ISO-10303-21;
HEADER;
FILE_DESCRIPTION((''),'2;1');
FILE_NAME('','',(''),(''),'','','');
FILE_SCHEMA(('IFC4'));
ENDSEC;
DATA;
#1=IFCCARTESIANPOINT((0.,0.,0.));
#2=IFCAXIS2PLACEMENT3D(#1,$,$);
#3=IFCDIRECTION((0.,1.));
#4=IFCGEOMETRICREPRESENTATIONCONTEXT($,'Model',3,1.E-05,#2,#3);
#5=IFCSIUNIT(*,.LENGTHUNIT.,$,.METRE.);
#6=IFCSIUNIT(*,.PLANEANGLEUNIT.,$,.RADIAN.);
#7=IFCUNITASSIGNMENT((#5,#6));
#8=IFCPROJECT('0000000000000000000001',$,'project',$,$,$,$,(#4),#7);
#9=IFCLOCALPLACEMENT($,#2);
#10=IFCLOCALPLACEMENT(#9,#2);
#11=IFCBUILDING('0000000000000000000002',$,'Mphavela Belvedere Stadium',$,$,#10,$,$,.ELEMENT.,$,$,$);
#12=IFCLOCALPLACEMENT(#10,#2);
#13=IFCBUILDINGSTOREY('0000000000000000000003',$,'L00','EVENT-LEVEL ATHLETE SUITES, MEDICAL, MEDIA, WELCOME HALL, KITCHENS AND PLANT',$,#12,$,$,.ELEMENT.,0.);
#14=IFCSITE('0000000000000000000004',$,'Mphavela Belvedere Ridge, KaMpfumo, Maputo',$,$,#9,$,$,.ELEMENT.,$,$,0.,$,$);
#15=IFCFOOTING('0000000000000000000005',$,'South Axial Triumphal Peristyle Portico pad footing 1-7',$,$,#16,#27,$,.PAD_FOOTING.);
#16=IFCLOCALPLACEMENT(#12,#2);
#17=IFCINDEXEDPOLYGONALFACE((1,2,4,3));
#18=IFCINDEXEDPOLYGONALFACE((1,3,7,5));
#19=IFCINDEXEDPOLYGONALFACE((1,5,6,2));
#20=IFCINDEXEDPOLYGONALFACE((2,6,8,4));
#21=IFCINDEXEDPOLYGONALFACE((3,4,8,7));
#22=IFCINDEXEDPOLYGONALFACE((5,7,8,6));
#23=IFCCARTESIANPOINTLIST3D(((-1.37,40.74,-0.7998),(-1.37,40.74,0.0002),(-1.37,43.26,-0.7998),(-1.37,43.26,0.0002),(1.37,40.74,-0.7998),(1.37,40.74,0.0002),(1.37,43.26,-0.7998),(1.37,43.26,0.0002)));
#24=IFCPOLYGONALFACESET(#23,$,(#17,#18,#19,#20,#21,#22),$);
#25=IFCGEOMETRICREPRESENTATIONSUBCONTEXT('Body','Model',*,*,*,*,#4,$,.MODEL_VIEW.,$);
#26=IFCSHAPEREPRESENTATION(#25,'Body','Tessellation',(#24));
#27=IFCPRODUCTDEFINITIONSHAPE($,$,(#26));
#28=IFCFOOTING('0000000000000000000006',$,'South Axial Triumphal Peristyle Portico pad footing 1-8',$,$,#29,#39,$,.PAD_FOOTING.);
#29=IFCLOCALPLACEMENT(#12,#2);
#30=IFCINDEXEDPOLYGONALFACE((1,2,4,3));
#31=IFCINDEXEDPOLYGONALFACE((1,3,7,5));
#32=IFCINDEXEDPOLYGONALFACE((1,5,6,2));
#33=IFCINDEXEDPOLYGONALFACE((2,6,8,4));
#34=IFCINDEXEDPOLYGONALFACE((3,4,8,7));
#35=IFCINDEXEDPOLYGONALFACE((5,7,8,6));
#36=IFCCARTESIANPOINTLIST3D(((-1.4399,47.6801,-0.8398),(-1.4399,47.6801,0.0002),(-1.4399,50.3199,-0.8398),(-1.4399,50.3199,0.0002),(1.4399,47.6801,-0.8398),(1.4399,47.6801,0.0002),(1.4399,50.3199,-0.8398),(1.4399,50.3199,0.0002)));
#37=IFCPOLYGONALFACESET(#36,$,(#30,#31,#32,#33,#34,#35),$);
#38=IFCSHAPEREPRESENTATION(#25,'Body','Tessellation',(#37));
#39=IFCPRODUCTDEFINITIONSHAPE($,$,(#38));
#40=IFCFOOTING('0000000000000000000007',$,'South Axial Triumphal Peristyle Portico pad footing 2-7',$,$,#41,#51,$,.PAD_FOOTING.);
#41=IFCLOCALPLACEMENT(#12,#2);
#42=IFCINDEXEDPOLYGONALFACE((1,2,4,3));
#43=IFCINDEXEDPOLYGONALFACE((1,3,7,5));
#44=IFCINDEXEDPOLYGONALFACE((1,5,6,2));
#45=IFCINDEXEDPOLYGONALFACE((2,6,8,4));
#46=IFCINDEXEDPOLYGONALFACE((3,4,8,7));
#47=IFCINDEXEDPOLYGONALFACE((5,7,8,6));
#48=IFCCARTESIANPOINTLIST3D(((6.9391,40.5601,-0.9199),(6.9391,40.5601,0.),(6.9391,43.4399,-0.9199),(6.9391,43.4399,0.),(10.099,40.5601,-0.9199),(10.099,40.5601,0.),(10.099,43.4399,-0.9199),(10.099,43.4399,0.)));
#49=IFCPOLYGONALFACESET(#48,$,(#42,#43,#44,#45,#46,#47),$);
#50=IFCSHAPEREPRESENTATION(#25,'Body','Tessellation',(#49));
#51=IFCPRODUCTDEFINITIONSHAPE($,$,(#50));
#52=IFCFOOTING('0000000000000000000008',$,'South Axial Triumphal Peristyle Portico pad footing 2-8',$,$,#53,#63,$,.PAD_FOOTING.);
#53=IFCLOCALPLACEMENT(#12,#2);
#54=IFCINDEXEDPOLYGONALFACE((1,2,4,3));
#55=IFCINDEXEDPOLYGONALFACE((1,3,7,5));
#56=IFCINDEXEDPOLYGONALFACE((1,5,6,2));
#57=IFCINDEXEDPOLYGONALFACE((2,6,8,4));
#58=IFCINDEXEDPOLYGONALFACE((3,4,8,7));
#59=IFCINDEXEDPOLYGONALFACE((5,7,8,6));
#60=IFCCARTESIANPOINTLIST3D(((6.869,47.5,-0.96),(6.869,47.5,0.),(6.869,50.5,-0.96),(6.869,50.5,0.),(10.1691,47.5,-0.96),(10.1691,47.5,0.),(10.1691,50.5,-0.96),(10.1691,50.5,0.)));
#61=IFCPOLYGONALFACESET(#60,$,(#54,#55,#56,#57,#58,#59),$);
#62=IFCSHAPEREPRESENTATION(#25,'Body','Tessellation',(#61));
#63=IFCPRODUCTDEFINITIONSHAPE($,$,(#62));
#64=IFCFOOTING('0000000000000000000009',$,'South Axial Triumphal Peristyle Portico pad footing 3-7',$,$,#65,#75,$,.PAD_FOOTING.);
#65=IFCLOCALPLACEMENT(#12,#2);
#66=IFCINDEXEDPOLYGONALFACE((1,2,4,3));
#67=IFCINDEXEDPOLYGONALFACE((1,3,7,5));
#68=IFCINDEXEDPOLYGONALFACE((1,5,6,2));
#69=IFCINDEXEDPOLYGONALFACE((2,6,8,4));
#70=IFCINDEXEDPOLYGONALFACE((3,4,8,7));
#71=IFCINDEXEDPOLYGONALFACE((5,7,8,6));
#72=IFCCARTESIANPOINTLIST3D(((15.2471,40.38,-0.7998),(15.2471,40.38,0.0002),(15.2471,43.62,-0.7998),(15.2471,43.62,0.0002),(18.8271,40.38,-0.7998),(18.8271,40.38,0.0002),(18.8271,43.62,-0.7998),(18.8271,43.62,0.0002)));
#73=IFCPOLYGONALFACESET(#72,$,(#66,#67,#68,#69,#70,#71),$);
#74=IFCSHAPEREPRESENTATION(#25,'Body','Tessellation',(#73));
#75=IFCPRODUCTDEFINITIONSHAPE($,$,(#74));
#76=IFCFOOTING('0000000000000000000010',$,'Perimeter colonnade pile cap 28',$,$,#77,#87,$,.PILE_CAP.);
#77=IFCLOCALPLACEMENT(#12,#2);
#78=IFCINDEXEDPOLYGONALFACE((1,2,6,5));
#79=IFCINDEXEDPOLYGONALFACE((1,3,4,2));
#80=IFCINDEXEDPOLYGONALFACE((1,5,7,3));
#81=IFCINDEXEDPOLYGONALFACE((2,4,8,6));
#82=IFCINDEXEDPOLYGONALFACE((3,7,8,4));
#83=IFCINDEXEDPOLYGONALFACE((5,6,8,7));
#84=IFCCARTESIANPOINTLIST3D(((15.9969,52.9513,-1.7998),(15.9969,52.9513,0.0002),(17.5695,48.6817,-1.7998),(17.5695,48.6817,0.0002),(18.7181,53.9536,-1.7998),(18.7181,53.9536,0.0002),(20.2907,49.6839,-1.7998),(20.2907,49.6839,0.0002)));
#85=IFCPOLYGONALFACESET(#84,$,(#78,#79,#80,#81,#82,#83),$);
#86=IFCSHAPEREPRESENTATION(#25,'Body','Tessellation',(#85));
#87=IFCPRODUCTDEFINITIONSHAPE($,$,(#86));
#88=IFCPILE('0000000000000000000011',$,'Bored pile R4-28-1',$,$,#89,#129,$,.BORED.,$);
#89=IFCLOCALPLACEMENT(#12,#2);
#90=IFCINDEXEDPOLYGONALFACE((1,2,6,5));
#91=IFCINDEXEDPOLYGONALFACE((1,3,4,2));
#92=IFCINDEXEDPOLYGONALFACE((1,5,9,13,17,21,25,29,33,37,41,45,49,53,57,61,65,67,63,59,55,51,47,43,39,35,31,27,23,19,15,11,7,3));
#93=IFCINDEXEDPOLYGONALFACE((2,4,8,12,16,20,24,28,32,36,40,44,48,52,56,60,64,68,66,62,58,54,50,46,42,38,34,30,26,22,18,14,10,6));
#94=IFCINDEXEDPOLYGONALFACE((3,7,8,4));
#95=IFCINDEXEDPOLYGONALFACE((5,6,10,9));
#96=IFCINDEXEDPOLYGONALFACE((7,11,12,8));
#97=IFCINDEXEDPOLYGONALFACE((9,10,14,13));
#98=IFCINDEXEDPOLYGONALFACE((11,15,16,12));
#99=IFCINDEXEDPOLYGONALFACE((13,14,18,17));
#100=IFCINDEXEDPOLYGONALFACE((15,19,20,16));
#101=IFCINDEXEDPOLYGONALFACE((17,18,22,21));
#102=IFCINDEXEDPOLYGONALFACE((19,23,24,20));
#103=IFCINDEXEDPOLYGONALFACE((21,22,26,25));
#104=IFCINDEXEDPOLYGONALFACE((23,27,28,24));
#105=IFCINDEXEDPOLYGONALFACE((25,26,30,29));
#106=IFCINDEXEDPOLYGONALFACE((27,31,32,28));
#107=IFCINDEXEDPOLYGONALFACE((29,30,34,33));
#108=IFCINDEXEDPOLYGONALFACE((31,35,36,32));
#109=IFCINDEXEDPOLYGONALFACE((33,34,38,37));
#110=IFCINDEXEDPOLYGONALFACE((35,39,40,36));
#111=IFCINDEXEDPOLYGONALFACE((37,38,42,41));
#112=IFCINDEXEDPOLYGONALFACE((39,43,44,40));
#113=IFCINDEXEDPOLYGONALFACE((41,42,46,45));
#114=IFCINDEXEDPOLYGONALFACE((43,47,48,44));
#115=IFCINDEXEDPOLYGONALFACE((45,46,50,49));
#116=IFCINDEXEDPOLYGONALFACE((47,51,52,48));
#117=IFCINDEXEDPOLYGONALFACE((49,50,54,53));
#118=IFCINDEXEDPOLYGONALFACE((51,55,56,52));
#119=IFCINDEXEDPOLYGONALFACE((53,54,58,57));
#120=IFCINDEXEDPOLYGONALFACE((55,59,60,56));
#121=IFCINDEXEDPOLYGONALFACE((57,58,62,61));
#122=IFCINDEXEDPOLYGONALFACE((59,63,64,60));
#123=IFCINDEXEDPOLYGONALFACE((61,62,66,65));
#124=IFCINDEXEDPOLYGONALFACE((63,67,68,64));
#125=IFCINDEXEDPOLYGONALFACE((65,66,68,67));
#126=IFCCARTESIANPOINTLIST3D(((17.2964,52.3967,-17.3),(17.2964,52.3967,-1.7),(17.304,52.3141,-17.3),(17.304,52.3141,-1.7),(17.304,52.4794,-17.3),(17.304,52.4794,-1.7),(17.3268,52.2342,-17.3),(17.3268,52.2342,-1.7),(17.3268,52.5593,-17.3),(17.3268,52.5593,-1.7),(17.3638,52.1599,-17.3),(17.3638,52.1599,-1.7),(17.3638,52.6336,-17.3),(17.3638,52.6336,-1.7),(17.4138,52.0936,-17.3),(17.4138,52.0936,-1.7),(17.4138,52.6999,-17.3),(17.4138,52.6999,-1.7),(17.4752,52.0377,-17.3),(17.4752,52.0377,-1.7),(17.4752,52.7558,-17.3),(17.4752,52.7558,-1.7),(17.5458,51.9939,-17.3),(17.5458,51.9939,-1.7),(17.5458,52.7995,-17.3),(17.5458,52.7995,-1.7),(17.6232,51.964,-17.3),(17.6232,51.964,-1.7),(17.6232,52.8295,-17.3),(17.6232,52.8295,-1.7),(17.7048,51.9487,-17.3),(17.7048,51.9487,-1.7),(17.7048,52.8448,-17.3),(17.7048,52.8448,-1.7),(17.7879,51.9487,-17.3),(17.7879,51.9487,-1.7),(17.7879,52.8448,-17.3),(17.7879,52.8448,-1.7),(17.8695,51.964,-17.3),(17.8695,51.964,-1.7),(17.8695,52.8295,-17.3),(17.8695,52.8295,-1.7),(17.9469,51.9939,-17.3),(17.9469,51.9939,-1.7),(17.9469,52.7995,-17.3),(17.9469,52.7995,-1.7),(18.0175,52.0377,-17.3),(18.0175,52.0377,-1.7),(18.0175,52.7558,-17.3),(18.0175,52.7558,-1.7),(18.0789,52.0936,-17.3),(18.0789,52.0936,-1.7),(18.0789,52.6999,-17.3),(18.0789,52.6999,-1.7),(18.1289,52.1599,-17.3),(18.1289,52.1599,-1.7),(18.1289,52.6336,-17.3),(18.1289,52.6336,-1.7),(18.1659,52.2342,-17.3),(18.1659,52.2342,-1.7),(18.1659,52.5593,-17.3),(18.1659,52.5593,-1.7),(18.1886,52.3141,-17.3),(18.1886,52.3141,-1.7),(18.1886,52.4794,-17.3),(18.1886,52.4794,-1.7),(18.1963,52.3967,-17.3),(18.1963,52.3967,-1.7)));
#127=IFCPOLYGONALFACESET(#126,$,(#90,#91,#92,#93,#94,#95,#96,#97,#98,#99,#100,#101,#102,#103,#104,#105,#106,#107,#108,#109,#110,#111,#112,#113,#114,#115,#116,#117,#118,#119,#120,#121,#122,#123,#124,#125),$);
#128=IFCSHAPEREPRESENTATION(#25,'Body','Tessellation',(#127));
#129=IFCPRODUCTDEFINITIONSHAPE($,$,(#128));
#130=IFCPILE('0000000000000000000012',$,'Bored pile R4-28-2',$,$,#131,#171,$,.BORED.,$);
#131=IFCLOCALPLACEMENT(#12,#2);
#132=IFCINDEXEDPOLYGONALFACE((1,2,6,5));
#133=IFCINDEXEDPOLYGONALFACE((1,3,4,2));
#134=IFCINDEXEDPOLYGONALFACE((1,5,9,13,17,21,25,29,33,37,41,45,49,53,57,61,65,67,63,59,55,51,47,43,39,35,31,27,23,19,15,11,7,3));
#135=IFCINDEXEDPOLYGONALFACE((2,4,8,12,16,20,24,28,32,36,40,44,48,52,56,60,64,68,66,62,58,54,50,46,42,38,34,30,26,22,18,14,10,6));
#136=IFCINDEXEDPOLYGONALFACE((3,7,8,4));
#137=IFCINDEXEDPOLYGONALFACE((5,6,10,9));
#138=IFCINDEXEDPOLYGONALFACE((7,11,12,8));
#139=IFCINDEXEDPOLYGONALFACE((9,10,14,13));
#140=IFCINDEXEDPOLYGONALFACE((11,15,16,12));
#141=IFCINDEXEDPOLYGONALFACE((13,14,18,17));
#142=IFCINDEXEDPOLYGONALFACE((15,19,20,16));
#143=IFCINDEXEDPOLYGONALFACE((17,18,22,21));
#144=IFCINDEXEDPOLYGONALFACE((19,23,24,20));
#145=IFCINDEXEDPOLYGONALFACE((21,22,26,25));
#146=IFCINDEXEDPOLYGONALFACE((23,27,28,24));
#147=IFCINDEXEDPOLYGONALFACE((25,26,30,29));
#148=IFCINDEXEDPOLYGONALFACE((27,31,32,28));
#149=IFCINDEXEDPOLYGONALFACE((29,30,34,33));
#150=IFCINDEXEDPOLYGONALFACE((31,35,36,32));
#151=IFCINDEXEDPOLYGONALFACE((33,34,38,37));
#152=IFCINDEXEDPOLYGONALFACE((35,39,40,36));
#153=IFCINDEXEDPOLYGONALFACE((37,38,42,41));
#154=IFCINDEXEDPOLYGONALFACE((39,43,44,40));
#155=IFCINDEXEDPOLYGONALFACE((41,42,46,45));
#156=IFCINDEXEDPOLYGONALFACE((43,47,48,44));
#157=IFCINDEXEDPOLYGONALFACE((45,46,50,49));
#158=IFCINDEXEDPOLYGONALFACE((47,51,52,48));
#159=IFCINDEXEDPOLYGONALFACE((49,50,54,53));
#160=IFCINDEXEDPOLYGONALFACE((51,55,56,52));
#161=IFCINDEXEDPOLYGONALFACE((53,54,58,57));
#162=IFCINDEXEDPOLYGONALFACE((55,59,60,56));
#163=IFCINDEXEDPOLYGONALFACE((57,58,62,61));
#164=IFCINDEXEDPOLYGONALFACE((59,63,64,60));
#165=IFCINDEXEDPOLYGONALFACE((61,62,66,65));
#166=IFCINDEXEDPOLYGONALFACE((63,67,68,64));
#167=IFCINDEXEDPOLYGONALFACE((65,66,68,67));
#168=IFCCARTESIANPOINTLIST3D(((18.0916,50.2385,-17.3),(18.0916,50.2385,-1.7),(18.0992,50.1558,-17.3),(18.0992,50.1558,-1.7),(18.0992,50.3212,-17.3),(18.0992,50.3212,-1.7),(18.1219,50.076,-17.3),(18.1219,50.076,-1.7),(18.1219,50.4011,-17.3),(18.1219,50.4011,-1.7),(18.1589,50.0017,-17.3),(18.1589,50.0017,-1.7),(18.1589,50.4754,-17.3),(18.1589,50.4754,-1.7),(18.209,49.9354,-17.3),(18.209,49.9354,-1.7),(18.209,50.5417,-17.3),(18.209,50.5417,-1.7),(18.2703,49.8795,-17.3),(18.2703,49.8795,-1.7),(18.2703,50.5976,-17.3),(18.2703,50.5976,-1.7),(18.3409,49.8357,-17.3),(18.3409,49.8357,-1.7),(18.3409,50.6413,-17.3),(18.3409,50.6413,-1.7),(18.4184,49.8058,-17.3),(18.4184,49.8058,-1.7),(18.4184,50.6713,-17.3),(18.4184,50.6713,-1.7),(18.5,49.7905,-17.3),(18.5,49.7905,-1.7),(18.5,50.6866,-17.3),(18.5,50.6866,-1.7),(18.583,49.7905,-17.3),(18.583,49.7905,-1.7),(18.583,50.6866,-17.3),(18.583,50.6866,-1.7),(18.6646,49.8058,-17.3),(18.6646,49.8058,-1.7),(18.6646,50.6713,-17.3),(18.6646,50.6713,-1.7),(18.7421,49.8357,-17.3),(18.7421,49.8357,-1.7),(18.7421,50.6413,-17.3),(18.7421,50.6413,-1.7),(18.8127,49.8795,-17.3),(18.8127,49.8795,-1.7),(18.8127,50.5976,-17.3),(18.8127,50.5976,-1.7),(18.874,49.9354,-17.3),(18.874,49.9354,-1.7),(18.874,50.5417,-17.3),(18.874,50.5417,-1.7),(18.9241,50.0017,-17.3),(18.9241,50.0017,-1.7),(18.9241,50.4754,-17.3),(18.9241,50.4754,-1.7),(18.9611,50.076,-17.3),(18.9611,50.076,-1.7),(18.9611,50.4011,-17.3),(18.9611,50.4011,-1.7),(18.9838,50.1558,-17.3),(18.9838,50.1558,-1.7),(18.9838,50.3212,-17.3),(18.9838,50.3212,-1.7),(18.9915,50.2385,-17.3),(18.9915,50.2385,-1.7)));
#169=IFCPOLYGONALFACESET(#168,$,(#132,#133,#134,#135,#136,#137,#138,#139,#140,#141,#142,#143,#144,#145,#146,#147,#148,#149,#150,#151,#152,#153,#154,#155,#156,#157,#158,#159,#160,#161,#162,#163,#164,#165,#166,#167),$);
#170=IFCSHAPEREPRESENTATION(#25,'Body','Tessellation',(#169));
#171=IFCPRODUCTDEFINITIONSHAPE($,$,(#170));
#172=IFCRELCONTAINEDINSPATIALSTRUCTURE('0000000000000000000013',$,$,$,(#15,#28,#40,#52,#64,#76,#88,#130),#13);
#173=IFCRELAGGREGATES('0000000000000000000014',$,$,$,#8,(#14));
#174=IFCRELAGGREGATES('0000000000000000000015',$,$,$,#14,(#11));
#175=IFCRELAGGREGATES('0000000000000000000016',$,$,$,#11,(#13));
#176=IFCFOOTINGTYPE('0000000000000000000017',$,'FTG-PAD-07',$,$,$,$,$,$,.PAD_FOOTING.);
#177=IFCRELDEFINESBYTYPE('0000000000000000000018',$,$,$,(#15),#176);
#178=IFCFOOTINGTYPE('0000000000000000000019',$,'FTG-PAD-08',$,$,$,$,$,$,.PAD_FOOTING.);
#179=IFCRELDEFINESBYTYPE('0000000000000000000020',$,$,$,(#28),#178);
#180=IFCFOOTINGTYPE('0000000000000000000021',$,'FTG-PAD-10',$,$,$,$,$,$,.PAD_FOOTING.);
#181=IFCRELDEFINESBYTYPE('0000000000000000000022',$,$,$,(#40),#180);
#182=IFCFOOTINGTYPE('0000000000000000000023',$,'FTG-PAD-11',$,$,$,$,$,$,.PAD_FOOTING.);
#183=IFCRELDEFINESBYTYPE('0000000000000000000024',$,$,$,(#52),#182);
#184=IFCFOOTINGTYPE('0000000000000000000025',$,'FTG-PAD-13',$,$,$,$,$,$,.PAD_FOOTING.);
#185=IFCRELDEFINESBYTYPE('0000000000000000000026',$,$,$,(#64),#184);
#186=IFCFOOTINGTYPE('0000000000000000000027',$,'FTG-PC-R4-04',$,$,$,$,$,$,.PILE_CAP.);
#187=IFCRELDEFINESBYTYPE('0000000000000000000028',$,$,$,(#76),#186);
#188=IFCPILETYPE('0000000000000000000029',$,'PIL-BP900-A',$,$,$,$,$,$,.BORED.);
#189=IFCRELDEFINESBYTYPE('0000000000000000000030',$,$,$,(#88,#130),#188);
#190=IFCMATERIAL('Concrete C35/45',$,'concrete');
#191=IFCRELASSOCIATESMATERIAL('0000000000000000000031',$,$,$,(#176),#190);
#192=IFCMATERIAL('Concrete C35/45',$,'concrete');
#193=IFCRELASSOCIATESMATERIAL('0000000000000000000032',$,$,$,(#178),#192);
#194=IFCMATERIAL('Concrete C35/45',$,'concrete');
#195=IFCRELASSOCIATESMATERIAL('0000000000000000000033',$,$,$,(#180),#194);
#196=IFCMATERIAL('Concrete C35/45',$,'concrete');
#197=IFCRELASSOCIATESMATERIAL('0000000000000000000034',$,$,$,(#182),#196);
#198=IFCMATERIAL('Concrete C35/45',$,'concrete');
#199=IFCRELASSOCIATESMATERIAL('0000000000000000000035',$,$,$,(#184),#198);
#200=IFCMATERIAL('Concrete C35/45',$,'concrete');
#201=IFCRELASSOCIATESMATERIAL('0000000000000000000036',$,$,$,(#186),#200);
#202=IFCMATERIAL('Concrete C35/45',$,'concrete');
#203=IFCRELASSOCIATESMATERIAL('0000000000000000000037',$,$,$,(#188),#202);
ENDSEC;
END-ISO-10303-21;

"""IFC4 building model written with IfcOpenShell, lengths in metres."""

from ifc_helpers import new_model, si_unit, direction, frame, origin, origin_2d, place, context, subcontext, project, spatial, rectangle, circle, extrude, material, material_profile, profile_set, type_object, element, save


model = new_model("IFC4")

# Units and contexts
model_context = context("Model", 3, precision=1e-05, world=origin(), true_north=direction((0.0, 1.0)))
body_context = subcontext(model_context, "Body", "Model", "MODEL_VIEW")
ifc_project = project(units=[si_unit("LENGTHUNIT", "METRE"), si_unit("PLANEANGLEUNIT", "RADIAN")], contexts=[model_context])

# Site, building, storey
site_placement = place(None, origin())
site = spatial("IfcSite", under=ifc_project, at=site_placement, Name="Mphavela Belvedere Ridge, KaMpfumo, Maputo", CompositionType="ELEMENT", RefElevation=0.0)
building_placement = place(site_placement, origin())
building = spatial("IfcBuilding", under=site, at=building_placement, Name="Mphavela Belvedere Stadium", CompositionType="ELEMENT")
storey_placement = place(building_placement, origin())
storey = spatial("IfcBuildingStorey", under=building, at=storey_placement, Name="L00", Description="EVENT-LEVEL ATHLETE SUITES, MEDICAL, MEDIA, WELCOME HALL, KITCHENS AND PLANT", CompositionType="ELEMENT", Elevation=0.0)

# Footings
ifc_material_1 = material(Name="Concrete C35/45", Category="concrete")
footing_type_1 = type_object("IfcFootingType", Name="FTG-PAD-07", PredefinedType="PAD_FOOTING", material=ifc_material_1)
footing_1_placement = place(storey_placement, frame((0.0, 42.0, -0.7998), z_axis=(0.0, 0.0, 1.0), x_axis=(1.0, 0.0, 0.0)))
element("IfcFooting", 1, at=footing_1_placement, inside=storey, type_object=footing_type_1, Name="South Axial Triumphal Peristyle Portico pad footing 1-7", PredefinedType="PAD_FOOTING", context=body_context, shape_type="SweptSolid", body=[
    extrude(rectangle(XDim=2.74, YDim=2.52, at=origin_2d()), origin(), (0.0, 0.0, 1.0), 0.8),
])
ifc_material_2 = material(Name="Concrete C35/45", Category="concrete")
footing_type_2 = type_object("IfcFootingType", Name="FTG-PAD-08", PredefinedType="PAD_FOOTING", material=ifc_material_2)
footing_2_placement = place(storey_placement, frame((0.0, 49.0, -0.8398), z_axis=(0.0, 0.0, 1.0), x_axis=(1.0, 0.0, 0.0)))
element("IfcFooting", 2, at=footing_2_placement, inside=storey, type_object=footing_type_2, Name="South Axial Triumphal Peristyle Portico pad footing 1-8", PredefinedType="PAD_FOOTING", context=body_context, shape_type="SweptSolid", body=[
    extrude(rectangle(XDim=2.8799, YDim=2.6399, at=origin_2d()), origin(), (0.0, 0.0, 1.0), 0.8401),
])
ifc_material_3 = material(Name="Concrete C35/45", Category="concrete")
footing_type_3 = type_object("IfcFootingType", Name="FTG-PAD-10", PredefinedType="PAD_FOOTING", material=ifc_material_3)
footing_3_placement = place(storey_placement, frame((8.519, 42.0, -0.9199), z_axis=(0.0, 0.0, 1.0), x_axis=(1.0, 0.0, 0.0)))
element("IfcFooting", 3, at=footing_3_placement, inside=storey, type_object=footing_type_3, Name="South Axial Triumphal Peristyle Portico pad footing 2-7", PredefinedType="PAD_FOOTING", context=body_context, shape_type="SweptSolid", body=[
    extrude(rectangle(XDim=3.1599, YDim=2.8799, at=origin_2d()), origin(), (0.0, 0.0, 1.0), 0.9199),
])
ifc_material_4 = material(Name="Concrete C35/45", Category="concrete")
footing_type_4 = type_object("IfcFootingType", Name="FTG-PAD-11", PredefinedType="PAD_FOOTING", material=ifc_material_4)
footing_4_placement = place(storey_placement, frame((8.519, 49.0, -0.96), z_axis=(0.0, 0.0, 1.0), x_axis=(1.0, 0.0, 0.0)))
element("IfcFooting", 4, at=footing_4_placement, inside=storey, type_object=footing_type_4, Name="South Axial Triumphal Peristyle Portico pad footing 2-8", PredefinedType="PAD_FOOTING", context=body_context, shape_type="SweptSolid", body=[
    extrude(rectangle(XDim=3.3, YDim=3.0, at=origin_2d()), origin(), (0.0, 0.0, 1.0), 0.96),
])
ifc_material_5 = material(Name="Concrete C35/45", Category="concrete")
footing_type_5 = type_object("IfcFootingType", Name="FTG-PAD-13", PredefinedType="PAD_FOOTING", material=ifc_material_5)
footing_5_placement = place(storey_placement, frame((17.0371, 42.0, -0.7998), z_axis=(0.0, 0.0, 1.0), x_axis=(1.0, 0.0, 0.0)))
element("IfcFooting", 5, at=footing_5_placement, inside=storey, type_object=footing_type_5, Name="South Axial Triumphal Peristyle Portico pad footing 3-7", PredefinedType="PAD_FOOTING", context=body_context, shape_type="SweptSolid", body=[
    extrude(rectangle(XDim=3.5801, YDim=3.24, at=origin_2d()), origin(), (0.0, 0.0, 1.0), 0.8),
])
ifc_material_6 = material(Name="Concrete C35/45", Category="concrete")
footing_type_6 = type_object("IfcFootingType", Name="FTG-PC-R4-04", PredefinedType="PILE_CAP", material=ifc_material_6)
footing_6_placement = place(storey_placement, frame((18.1438, 51.3176, -1.7998), z_axis=(0.0, 0.0, 1.0), x_axis=(0.345626, -0.938372, 0.0)))
element("IfcFooting", 6, at=footing_6_placement, inside=storey, type_object=footing_type_6, Name="Perimeter colonnade pile cap 28", PredefinedType="PILE_CAP", context=body_context, shape_type="SweptSolid", body=[
    extrude(rectangle(XDim=4.55, YDim=2.8999, at=origin_2d()), origin(), (0.0, 0.0, 1.0), 1.8),
])

# Piles
ifc_material_7 = material(Name="Concrete C35/45", Category="concrete")
ifc_material_profile_1 = material_profile(ifc_material_7, circle(Radius=0.45, at=origin_2d()), Name="BP D900")
ifc_profile_set_1 = profile_set([ifc_material_profile_1], Name="Concrete C35/45")
pile_type = type_object("IfcPileType", Name="PIL-BP900-A", PredefinedType="BORED", material=ifc_profile_set_1)
for number, where, z_axis, x_axis, name in (
    (7, (17.7463, 52.3967, -1.7), (0.0, 0.0, -1.0), (1.0, 0.0, 0.0), "Bored pile R4-28-1"),
    (8, (18.5415, 50.2385, -1.7), (0.0, 0.0, -1.0), (1.0, 0.0, 0.0), "Bored pile R4-28-2"),
):
    element("IfcPile", number, at=place(storey_placement, frame(where, z_axis=z_axis, x_axis=x_axis)), inside=storey, type_object=pile_type, Name=name, PredefinedType="BORED", context=body_context, shape_type="SweptSolid", body=[
        extrude(circle(Radius=0.45, at=origin_2d()), origin(), (0.0, 0.0, 1.0), 15.6001),
    ])

save(model, "model.ifc")
